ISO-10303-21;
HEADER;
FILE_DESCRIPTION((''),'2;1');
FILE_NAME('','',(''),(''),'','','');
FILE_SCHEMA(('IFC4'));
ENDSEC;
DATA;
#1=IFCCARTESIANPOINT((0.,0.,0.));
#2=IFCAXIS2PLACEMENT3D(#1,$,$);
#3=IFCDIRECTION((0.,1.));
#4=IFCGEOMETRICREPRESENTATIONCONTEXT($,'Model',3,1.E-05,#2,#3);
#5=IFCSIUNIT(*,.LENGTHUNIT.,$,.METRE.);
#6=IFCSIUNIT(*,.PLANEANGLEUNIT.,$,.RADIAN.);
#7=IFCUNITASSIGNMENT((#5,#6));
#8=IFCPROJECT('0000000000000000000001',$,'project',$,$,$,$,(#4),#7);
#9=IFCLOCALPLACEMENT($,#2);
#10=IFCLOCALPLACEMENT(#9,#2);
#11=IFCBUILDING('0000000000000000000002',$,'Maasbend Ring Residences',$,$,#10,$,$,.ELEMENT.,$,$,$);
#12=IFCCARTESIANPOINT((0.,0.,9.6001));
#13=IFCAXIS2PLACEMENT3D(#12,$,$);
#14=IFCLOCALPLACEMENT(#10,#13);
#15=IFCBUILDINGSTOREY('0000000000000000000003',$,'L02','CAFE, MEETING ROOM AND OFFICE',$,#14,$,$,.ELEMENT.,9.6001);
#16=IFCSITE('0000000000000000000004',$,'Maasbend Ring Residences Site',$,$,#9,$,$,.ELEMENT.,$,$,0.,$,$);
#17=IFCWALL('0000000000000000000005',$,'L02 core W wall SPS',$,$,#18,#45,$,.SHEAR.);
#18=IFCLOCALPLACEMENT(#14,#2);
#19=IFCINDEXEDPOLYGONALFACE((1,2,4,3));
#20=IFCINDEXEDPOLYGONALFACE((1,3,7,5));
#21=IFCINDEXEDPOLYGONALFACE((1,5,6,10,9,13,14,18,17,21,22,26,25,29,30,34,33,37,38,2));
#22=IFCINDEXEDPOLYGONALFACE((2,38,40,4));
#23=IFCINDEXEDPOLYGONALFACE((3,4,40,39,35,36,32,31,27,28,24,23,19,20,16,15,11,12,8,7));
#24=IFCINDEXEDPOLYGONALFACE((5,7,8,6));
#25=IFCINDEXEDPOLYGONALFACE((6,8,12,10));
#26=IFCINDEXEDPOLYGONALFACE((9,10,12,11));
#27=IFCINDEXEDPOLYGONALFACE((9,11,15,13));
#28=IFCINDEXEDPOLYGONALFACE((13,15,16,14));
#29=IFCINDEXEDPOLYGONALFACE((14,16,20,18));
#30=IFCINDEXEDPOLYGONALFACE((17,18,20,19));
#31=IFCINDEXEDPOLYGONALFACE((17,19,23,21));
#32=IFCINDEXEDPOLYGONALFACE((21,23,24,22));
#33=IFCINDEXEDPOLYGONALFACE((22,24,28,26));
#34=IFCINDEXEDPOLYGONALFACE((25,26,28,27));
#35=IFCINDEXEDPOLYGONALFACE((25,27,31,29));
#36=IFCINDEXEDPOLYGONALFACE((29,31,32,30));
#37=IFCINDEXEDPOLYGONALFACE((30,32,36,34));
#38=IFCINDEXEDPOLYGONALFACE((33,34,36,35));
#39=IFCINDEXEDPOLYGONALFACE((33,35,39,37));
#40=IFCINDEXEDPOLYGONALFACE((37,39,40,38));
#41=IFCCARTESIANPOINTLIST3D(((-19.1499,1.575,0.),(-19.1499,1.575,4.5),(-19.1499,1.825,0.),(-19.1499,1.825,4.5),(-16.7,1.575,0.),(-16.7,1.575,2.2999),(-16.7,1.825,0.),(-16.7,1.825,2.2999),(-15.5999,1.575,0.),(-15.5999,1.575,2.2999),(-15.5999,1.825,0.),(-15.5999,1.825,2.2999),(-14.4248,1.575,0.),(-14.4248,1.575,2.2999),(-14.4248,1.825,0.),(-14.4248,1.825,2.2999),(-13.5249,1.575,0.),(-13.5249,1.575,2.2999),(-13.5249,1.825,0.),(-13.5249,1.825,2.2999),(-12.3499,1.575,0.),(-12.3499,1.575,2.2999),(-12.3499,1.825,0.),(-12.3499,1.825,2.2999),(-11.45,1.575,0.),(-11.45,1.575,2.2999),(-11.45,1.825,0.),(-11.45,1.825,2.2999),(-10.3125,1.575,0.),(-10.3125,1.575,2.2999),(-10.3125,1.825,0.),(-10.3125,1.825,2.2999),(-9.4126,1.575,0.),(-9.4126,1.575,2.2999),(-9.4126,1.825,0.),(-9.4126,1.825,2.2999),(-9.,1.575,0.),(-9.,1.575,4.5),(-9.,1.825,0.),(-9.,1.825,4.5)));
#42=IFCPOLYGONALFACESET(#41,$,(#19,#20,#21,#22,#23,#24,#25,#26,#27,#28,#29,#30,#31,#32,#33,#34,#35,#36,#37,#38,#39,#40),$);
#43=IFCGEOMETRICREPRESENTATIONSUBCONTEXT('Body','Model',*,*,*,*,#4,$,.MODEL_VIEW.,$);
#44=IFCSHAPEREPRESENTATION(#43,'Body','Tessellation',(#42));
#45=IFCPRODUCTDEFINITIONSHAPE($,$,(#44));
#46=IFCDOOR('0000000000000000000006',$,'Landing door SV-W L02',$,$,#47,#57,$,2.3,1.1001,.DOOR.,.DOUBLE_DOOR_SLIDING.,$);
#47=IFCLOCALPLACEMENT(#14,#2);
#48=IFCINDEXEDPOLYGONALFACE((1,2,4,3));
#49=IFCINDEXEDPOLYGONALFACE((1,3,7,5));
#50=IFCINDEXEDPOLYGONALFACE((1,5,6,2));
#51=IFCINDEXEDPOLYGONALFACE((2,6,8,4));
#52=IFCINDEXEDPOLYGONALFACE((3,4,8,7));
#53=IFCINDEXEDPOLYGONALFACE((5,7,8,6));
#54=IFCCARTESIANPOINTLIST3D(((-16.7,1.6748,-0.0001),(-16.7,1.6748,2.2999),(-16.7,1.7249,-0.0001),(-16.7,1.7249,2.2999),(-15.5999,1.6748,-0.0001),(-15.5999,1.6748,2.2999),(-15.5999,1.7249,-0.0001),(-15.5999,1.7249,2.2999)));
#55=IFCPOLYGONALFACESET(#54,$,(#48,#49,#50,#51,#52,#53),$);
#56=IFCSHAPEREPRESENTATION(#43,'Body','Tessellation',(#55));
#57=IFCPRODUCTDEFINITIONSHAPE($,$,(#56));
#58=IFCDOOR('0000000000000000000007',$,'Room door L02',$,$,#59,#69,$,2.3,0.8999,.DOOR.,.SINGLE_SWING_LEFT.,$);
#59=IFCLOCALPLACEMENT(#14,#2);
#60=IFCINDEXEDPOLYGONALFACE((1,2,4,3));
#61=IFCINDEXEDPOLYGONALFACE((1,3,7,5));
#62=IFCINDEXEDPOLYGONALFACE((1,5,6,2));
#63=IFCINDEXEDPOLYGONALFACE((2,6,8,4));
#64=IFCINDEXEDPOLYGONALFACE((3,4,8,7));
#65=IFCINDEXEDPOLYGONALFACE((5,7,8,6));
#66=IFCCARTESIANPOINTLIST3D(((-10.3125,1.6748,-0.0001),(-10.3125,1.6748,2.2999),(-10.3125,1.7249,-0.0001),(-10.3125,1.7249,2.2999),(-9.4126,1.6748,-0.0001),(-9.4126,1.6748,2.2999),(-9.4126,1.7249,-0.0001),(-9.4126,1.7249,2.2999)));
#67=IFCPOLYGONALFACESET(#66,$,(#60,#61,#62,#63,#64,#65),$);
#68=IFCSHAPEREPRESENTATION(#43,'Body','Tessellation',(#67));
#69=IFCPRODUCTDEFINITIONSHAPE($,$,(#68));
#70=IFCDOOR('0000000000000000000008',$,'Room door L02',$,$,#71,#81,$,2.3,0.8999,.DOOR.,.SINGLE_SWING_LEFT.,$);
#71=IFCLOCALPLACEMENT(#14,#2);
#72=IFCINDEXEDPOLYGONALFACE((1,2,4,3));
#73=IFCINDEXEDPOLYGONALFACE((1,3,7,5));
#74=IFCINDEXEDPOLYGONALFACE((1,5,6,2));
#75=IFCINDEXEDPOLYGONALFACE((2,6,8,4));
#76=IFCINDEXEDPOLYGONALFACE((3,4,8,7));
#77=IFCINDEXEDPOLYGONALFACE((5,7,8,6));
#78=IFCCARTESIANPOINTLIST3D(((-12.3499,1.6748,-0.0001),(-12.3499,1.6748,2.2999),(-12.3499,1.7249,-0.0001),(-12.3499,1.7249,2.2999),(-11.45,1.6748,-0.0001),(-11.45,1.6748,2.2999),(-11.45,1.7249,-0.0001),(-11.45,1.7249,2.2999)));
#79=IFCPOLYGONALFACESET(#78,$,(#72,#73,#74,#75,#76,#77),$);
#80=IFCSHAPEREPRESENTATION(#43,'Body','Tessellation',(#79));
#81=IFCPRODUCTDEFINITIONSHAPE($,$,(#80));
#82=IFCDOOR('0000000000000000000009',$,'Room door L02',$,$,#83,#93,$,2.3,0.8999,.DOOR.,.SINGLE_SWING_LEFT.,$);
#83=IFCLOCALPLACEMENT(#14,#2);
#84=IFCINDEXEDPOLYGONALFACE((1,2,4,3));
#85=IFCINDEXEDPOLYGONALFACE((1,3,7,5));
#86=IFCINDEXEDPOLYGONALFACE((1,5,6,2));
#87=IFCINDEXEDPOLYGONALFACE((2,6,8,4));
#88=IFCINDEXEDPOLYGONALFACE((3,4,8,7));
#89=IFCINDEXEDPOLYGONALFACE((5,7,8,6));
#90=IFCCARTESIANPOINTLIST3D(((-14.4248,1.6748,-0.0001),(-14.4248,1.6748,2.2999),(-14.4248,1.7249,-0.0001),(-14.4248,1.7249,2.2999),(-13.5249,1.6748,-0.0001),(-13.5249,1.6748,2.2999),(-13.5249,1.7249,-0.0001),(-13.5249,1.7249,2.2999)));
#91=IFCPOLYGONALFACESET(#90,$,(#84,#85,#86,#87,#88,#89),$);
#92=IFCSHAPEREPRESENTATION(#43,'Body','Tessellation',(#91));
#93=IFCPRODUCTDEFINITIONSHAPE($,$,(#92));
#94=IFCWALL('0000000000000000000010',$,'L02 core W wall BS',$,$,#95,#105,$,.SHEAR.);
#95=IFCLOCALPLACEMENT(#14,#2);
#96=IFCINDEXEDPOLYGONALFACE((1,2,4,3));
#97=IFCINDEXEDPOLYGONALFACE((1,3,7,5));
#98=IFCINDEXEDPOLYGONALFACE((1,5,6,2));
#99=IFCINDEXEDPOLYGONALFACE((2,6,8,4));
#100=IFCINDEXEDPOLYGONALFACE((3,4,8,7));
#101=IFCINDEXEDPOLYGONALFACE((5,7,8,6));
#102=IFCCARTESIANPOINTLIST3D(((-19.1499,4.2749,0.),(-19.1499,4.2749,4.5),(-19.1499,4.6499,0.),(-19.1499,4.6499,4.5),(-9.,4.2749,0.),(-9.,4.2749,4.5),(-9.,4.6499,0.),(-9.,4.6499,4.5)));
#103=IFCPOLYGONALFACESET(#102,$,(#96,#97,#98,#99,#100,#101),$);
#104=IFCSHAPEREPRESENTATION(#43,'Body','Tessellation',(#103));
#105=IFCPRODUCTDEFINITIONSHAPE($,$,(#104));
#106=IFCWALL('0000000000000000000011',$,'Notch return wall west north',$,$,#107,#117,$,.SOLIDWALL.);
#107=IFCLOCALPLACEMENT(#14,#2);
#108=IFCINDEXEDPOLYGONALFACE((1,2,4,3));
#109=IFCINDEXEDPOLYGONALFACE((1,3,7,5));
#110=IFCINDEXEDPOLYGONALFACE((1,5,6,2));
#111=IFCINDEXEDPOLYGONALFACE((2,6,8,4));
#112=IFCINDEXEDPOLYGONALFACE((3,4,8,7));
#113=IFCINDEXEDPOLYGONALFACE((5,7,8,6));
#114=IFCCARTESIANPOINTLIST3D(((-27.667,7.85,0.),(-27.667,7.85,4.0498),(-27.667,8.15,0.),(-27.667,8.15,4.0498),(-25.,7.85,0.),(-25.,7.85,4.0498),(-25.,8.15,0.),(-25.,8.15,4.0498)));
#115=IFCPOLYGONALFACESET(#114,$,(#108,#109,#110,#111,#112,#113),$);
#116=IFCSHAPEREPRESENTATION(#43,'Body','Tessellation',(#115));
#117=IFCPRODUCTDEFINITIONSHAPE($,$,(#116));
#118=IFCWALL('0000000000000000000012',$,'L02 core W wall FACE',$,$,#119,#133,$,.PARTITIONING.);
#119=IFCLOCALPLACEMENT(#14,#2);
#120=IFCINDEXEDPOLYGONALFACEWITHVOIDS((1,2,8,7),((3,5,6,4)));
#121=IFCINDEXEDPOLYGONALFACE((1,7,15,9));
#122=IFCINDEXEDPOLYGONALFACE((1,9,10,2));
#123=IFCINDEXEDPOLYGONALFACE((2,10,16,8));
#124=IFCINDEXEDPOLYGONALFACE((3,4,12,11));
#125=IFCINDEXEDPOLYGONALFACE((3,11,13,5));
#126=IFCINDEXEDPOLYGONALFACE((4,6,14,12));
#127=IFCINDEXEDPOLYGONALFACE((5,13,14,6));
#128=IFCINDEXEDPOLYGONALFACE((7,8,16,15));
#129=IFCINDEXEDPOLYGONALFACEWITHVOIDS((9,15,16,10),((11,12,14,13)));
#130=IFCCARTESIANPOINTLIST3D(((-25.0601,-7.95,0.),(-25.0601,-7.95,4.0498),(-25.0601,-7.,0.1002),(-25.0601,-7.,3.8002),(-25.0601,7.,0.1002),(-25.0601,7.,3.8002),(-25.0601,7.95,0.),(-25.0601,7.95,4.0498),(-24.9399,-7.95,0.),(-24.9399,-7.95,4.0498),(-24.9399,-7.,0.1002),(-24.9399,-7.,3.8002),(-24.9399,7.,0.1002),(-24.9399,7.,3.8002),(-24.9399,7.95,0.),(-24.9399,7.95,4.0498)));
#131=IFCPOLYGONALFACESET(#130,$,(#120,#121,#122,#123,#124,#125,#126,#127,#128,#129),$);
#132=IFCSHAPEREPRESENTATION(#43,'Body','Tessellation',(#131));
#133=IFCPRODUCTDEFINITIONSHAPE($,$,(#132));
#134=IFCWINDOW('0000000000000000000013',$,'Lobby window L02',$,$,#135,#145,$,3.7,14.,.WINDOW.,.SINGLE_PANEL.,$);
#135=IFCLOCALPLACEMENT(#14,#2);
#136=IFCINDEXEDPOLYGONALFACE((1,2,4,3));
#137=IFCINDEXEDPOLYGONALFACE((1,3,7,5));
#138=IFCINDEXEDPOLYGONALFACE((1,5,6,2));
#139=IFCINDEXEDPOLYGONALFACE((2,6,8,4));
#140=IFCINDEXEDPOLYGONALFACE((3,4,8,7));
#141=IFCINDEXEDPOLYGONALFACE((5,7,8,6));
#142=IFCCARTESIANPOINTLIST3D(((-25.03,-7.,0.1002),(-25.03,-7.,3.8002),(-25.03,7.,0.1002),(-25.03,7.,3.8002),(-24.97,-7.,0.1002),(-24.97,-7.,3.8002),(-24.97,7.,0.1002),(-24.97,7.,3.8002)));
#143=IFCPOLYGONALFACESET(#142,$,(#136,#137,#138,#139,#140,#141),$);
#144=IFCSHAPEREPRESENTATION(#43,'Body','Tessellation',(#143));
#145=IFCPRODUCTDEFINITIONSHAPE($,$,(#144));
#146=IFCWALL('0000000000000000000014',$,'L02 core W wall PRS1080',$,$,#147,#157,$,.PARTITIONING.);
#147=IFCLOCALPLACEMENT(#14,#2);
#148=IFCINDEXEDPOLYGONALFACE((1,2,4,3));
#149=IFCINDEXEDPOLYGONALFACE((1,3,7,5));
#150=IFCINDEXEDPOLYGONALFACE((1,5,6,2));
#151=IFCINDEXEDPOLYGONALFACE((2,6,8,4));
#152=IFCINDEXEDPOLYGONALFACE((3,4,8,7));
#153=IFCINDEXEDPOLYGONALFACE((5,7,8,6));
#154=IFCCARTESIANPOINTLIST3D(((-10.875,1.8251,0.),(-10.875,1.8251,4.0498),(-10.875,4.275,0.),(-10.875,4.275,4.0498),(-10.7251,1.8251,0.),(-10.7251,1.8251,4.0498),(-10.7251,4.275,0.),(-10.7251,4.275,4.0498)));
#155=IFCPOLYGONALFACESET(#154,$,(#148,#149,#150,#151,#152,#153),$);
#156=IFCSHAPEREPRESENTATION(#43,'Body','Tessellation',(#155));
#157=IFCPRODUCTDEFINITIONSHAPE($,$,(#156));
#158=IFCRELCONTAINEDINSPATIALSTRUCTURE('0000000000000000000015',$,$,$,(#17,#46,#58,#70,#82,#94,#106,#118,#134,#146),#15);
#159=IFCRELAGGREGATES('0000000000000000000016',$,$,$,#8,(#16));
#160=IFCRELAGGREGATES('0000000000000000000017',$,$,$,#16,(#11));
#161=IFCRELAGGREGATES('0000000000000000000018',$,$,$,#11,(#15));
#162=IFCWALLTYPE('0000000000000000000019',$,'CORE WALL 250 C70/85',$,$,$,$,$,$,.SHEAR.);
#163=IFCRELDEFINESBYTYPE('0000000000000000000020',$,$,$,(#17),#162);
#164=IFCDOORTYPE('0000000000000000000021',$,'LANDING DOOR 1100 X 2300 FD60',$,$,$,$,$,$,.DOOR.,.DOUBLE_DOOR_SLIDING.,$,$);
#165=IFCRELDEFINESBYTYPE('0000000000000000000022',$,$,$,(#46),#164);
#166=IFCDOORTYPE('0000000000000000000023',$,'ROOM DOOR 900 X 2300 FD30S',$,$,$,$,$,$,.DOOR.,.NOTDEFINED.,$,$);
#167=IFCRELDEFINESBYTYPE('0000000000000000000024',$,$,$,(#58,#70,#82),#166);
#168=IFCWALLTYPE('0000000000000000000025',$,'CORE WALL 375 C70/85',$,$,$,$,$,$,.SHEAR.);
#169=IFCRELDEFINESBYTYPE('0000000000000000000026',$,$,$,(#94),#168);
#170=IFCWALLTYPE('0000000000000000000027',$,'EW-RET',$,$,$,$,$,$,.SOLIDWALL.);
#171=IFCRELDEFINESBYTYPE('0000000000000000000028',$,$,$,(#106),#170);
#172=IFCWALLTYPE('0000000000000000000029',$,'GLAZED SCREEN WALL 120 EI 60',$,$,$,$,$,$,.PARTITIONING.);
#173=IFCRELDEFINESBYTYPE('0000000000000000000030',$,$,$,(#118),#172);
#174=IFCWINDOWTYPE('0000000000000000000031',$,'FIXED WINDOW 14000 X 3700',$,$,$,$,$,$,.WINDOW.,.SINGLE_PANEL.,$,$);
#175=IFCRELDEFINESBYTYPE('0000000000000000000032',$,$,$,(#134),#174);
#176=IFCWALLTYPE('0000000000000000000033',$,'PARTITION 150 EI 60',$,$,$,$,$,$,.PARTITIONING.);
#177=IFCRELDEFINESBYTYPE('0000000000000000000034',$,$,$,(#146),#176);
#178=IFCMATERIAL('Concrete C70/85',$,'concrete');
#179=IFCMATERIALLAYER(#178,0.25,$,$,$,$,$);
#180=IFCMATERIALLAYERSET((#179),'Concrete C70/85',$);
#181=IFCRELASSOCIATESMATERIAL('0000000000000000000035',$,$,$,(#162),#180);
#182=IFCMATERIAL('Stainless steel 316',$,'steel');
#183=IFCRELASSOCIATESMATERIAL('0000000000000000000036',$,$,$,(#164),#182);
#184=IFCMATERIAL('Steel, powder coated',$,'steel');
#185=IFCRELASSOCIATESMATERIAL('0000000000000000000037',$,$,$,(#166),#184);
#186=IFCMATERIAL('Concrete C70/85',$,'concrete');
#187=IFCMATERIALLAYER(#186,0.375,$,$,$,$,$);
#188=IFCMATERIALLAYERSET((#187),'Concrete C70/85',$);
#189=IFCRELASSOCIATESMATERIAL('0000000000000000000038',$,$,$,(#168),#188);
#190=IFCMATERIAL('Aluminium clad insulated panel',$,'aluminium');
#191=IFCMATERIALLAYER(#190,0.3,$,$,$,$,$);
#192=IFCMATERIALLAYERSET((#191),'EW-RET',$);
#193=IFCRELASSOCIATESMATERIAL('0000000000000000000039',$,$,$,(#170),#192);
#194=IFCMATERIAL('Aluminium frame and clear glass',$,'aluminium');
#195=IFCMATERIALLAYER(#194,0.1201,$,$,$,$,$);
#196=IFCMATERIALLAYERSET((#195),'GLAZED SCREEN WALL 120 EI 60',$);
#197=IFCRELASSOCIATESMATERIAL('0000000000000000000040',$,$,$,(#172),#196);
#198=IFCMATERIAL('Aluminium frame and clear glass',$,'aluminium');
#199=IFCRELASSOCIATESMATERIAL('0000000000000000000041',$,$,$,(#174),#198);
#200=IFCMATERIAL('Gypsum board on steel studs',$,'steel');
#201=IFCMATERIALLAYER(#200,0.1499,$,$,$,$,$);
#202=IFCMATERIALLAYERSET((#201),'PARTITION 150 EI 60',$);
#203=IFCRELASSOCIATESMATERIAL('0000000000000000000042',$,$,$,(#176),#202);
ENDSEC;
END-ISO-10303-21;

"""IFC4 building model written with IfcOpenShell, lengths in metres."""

from ifc_helpers import new_model, si_unit, direction, frame, frame_2d, origin, place, context, subcontext, project, spatial, rectangle, extrude, material, layer, layer_set, type_object, element, fill, save


model = new_model("IFC4")

# Units and contexts
model_context = context("Model", 3, precision=1e-05, world=origin(), true_north=direction((0.0, 1.0)))
body_context = subcontext(model_context, "Body", "Model", "MODEL_VIEW")
ifc_project = project(units=[si_unit("LENGTHUNIT", "METRE"), si_unit("PLANEANGLEUNIT", "RADIAN")], contexts=[model_context])

# Site, building, storey
site_placement = place(None, origin())
site = spatial("IfcSite", under=ifc_project, at=site_placement, Name="Maasbend Ring Residences Site", CompositionType="ELEMENT", RefElevation=0.0)
building_placement = place(site_placement, origin())
building = spatial("IfcBuilding", under=site, at=building_placement, Name="Maasbend Ring Residences", CompositionType="ELEMENT")
storey_placement = place(building_placement, frame((0.0, 0.0, 9.6001)))
storey = spatial("IfcBuildingStorey", under=building, at=storey_placement, Name="L02", Description="CAFE, MEETING ROOM AND OFFICE", CompositionType="ELEMENT", Elevation=9.6001)

# Wall, openings, doors
ifc_material_1 = material(Name="Concrete C70/85", Category="concrete")
ifc_layer_1 = layer(ifc_material_1, 0.25)
ifc_layer_set_1 = layer_set([ifc_layer_1], Name="Concrete C70/85")
wall_type_1 = type_object("IfcWallType", Name="CORE WALL 250 C70/85", PredefinedType="SHEAR", material=ifc_layer_set_1)
wall_1_placement = place(storey_placement, frame((-19.1499, 1.7, 0.0), z_axis=(0.0, 0.0, 1.0), x_axis=(1.0, 0.0, 0.0)))
wall_1 = element("IfcWall", 1, at=wall_1_placement, inside=storey, type_object=wall_type_1, Name="L02 core W wall SPS", PredefinedType="SHEAR", context=body_context, shape_type="SweptSolid", body=[
    extrude(rectangle(XDim=10.1499, YDim=0.25, at=frame_2d((5.075, 0.0))), origin(), (0.0, 0.0, 1.0), 4.5),
])
opening_1_placement = place(wall_1_placement, frame((2.45, 0.0, 0.0)))
opening_1 = element("IfcOpeningElement", 2, at=opening_1_placement, cuts=wall_1, PredefinedType="OPENING", context=body_context, shape_type="SweptSolid", body=[
    extrude(rectangle(XDim=1.1001, YDim=2.3, at=frame_2d((0.55, 1.1499))), frame((0.0, 0.135, 0.0), z_axis=(0.0, -1.0, 0.0), x_axis=(1.0, 0.0, 0.0)), (0.0, 0.0, 1.0), 0.27),
])
opening_2_placement = place(wall_1_placement, frame((8.8374, 0.0, 0.0)))
opening_2 = element("IfcOpeningElement", 3, at=opening_2_placement, cuts=wall_1, PredefinedType="OPENING", context=body_context, shape_type="SweptSolid", body=[
    extrude(rectangle(XDim=0.8999, YDim=2.3, at=frame_2d((0.45, 1.1499))), frame((0.0, 0.135, 0.0), z_axis=(0.0, -1.0, 0.0), x_axis=(1.0, 0.0, 0.0)), (0.0, 0.0, 1.0), 0.27),
])
opening_3_placement = place(wall_1_placement, frame((6.8, 0.0, 0.0)))
opening_3 = element("IfcOpeningElement", 4, at=opening_3_placement, cuts=wall_1, PredefinedType="OPENING", context=body_context, shape_type="SweptSolid", body=[
    extrude(rectangle(XDim=0.8999, YDim=2.3, at=frame_2d((0.45, 1.1499))), frame((0.0, 0.135, 0.0), z_axis=(0.0, -1.0, 0.0), x_axis=(1.0, 0.0, 0.0)), (0.0, 0.0, 1.0), 0.27),
])
opening_4_placement = place(wall_1_placement, frame((4.7251, 0.0, 0.0)))
opening_4 = element("IfcOpeningElement", 5, at=opening_4_placement, cuts=wall_1, PredefinedType="OPENING", context=body_context, shape_type="SweptSolid", body=[
    extrude(rectangle(XDim=0.8999, YDim=2.3, at=frame_2d((0.45, 1.1499))), frame((0.0, 0.135, 0.0), z_axis=(0.0, -1.0, 0.0), x_axis=(1.0, 0.0, 0.0)), (0.0, 0.0, 1.0), 0.27),
])
ifc_material_2 = material(Name="Stainless steel 316", Category="steel")
door_type_1 = type_object("IfcDoorType", Name="LANDING DOOR 1100 X 2300 FD60", OperationType="DOUBLE_DOOR_SLIDING", PredefinedType="DOOR", material=ifc_material_2)
door_1_placement = place(opening_1_placement, origin())
door_1 = element("IfcDoor", 6, at=door_1_placement, inside=storey, type_object=door_type_1, Name="Landing door SV-W L02", OperationType="DOUBLE_DOOR_SLIDING", OverallHeight=2.3, OverallWidth=1.1001, PredefinedType="DOOR", context=body_context, shape_type="SweptSolid", body=[
    extrude(rectangle(XDim=1.1001, YDim=2.3, at=frame_2d((0.55, 1.1499))), frame((0.0, 0.0249, 0.0), z_axis=(0.0, -1.0, 0.0), x_axis=(1.0, 0.0, 0.0)), (0.0, 0.0, 1.0), 0.05),
])
fill(opening_1, door_1)
ifc_material_3 = material(Name="Steel, powder coated", Category="steel")
door_type_2 = type_object("IfcDoorType", Name="ROOM DOOR 900 X 2300 FD30S", OperationType="NOTDEFINED", PredefinedType="DOOR", material=ifc_material_3)
door_2_placement = place(opening_2_placement, origin())
door_2 = element("IfcDoor", 7, at=door_2_placement, inside=storey, type_object=door_type_2, Name="Room door L02", OperationType="SINGLE_SWING_LEFT", OverallHeight=2.3, OverallWidth=0.8999, PredefinedType="DOOR", context=body_context, shape_type="SweptSolid", body=[
    extrude(rectangle(XDim=0.8999, YDim=2.3, at=frame_2d((0.45, 1.1499))), frame((0.0, 0.0249, 0.0), z_axis=(0.0, -1.0, 0.0), x_axis=(1.0, 0.0, 0.0)), (0.0, 0.0, 1.0), 0.05),
])
fill(opening_2, door_2)
door_3_placement = place(opening_3_placement, origin())
door_3 = element("IfcDoor", 8, at=door_3_placement, inside=storey, type_object=door_type_2, Name="Room door L02", OperationType="SINGLE_SWING_LEFT", OverallHeight=2.3, OverallWidth=0.8999, PredefinedType="DOOR", context=body_context, shape_type="SweptSolid", body=[
    extrude(rectangle(XDim=0.8999, YDim=2.3, at=frame_2d((0.45, 1.1499))), frame((0.0, 0.0249, 0.0), z_axis=(0.0, -1.0, 0.0), x_axis=(1.0, 0.0, 0.0)), (0.0, 0.0, 1.0), 0.05),
])
fill(opening_3, door_3)
door_4_placement = place(opening_4_placement, origin())
door_4 = element("IfcDoor", 9, at=door_4_placement, inside=storey, type_object=door_type_2, Name="Room door L02", OperationType="SINGLE_SWING_LEFT", OverallHeight=2.3, OverallWidth=0.8999, PredefinedType="DOOR", context=body_context, shape_type="SweptSolid", body=[
    extrude(rectangle(XDim=0.8999, YDim=2.3, at=frame_2d((0.45, 1.1499))), frame((0.0, 0.0249, 0.0), z_axis=(0.0, -1.0, 0.0), x_axis=(1.0, 0.0, 0.0)), (0.0, 0.0, 1.0), 0.05),
])
fill(opening_4, door_4)

# Walls
ifc_material_4 = material(Name="Concrete C70/85", Category="concrete")
ifc_layer_2 = layer(ifc_material_4, 0.375)
ifc_layer_set_2 = layer_set([ifc_layer_2], Name="Concrete C70/85")
wall_type_2 = type_object("IfcWallType", Name="CORE WALL 375 C70/85", PredefinedType="SHEAR", material=ifc_layer_set_2)
wall_2_placement = place(storey_placement, frame((-9.0, 4.4624, 0.0), z_axis=(0.0, 0.0, 1.0), x_axis=(-1.0, 0.0, 0.0)))
element("IfcWall", 10, at=wall_2_placement, inside=storey, type_object=wall_type_2, Name="L02 core W wall BS", PredefinedType="SHEAR", context=body_context, shape_type="SweptSolid", body=[
    extrude(rectangle(XDim=10.1499, YDim=0.375, at=frame_2d((5.075, 0.0))), origin(), (0.0, 0.0, 1.0), 4.5),
])
ifc_material_5 = material(Name="Aluminium clad insulated panel", Category="aluminium")
ifc_layer_3 = layer(ifc_material_5, 0.3)
ifc_layer_set_3 = layer_set([ifc_layer_3], Name="EW-RET")
wall_type_3 = type_object("IfcWallType", Name="EW-RET", PredefinedType="SOLIDWALL", material=ifc_layer_set_3)
wall_3_placement = place(storey_placement, frame((-25.0, 8.0, 0.0), z_axis=(0.0, 0.0, 1.0), x_axis=(-1.0, 0.0, 0.0)))
element("IfcWall", 11, at=wall_3_placement, inside=storey, type_object=wall_type_3, Name="Notch return wall west north", PredefinedType="SOLIDWALL", context=body_context, shape_type="SweptSolid", body=[
    extrude(rectangle(XDim=2.667, YDim=0.3, at=frame_2d((1.3335, 0.0))), origin(), (0.0, 0.0, 1.0), 4.0498),
])

# Wall, opening, window
ifc_material_6 = material(Name="Aluminium frame and clear glass", Category="aluminium")
ifc_layer_4 = layer(ifc_material_6, 0.1201)
ifc_layer_set_4 = layer_set([ifc_layer_4], Name="GLAZED SCREEN WALL 120 EI 60")
wall_type_4 = type_object("IfcWallType", Name="GLAZED SCREEN WALL 120 EI 60", PredefinedType="PARTITIONING", material=ifc_layer_set_4)
wall_4_placement = place(storey_placement, frame((-25.0, 7.95, 0.0), z_axis=(0.0, 0.0, 1.0), x_axis=(0.0, -1.0, 0.0)))
wall_4 = element("IfcWall", 12, at=wall_4_placement, inside=storey, type_object=wall_type_4, Name="L02 core W wall FACE", PredefinedType="PARTITIONING", context=body_context, shape_type="SweptSolid", body=[
    extrude(rectangle(XDim=15.8999, YDim=0.1201, at=frame_2d((7.95, 0.0))), origin(), (0.0, 0.0, 1.0), 4.0498),
])
opening_5_placement = place(wall_4_placement, frame((0.95, 0.0, 0.1001)))
opening_5 = element("IfcOpeningElement", 13, at=opening_5_placement, cuts=wall_4, PredefinedType="OPENING", context=body_context, shape_type="SweptSolid", body=[
    extrude(rectangle(XDim=14.0, YDim=3.7, at=frame_2d((7.0, 1.8501))), frame((0.0, 0.0701, 0.0), z_axis=(0.0, -1.0, 0.0), x_axis=(1.0, 0.0, 0.0)), (0.0, 0.0, 1.0), 0.1401),
])
ifc_material_7 = material(Name="Aluminium frame and clear glass", Category="aluminium")
window_type = type_object("IfcWindowType", Name="FIXED WINDOW 14000 X 3700", PartitioningType="SINGLE_PANEL", PredefinedType="WINDOW", material=ifc_material_7)
window_placement = place(opening_5_placement, origin())
window = element("IfcWindow", 14, at=window_placement, inside=storey, type_object=window_type, Name="Lobby window L02", OverallHeight=3.7, OverallWidth=14.0, PartitioningType="SINGLE_PANEL", PredefinedType="WINDOW", context=body_context, shape_type="SweptSolid", body=[
    extrude(rectangle(XDim=14.0, YDim=3.7, at=frame_2d((7.0, 1.8501))), frame((0.0, 0.03, 0.0), z_axis=(0.0, -1.0, 0.0), x_axis=(1.0, 0.0, 0.0)), (0.0, 0.0, 1.0), 0.0601),
])
fill(opening_5, window)

# Wall
ifc_material_8 = material(Name="Gypsum board on steel studs", Category="steel")
ifc_layer_5 = layer(ifc_material_8, 0.1499)
ifc_layer_set_5 = layer_set([ifc_layer_5], Name="PARTITION 150 EI 60")
wall_type_5 = type_object("IfcWallType", Name="PARTITION 150 EI 60", PredefinedType="PARTITIONING", material=ifc_layer_set_5)
for number, where, z_axis, x_axis, name in (
    (15, (-10.8, 1.825, 0.0), (0.0, 0.0, 1.0), (0.0, 1.0, 0.0), "L02 core W wall PRS1080"),
):
    element("IfcWall", number, at=place(storey_placement, frame(where, z_axis=z_axis, x_axis=x_axis)), inside=storey, type_object=wall_type_5, Name=name, PredefinedType="PARTITIONING", context=body_context, shape_type="SweptSolid", body=[
        extrude(rectangle(XDim=2.45, YDim=0.1499, at=frame_2d((1.2251, 0.0))), origin(), (0.0, 0.0, 1.0), 4.0498),
    ])

save(model, "model.ifc")
